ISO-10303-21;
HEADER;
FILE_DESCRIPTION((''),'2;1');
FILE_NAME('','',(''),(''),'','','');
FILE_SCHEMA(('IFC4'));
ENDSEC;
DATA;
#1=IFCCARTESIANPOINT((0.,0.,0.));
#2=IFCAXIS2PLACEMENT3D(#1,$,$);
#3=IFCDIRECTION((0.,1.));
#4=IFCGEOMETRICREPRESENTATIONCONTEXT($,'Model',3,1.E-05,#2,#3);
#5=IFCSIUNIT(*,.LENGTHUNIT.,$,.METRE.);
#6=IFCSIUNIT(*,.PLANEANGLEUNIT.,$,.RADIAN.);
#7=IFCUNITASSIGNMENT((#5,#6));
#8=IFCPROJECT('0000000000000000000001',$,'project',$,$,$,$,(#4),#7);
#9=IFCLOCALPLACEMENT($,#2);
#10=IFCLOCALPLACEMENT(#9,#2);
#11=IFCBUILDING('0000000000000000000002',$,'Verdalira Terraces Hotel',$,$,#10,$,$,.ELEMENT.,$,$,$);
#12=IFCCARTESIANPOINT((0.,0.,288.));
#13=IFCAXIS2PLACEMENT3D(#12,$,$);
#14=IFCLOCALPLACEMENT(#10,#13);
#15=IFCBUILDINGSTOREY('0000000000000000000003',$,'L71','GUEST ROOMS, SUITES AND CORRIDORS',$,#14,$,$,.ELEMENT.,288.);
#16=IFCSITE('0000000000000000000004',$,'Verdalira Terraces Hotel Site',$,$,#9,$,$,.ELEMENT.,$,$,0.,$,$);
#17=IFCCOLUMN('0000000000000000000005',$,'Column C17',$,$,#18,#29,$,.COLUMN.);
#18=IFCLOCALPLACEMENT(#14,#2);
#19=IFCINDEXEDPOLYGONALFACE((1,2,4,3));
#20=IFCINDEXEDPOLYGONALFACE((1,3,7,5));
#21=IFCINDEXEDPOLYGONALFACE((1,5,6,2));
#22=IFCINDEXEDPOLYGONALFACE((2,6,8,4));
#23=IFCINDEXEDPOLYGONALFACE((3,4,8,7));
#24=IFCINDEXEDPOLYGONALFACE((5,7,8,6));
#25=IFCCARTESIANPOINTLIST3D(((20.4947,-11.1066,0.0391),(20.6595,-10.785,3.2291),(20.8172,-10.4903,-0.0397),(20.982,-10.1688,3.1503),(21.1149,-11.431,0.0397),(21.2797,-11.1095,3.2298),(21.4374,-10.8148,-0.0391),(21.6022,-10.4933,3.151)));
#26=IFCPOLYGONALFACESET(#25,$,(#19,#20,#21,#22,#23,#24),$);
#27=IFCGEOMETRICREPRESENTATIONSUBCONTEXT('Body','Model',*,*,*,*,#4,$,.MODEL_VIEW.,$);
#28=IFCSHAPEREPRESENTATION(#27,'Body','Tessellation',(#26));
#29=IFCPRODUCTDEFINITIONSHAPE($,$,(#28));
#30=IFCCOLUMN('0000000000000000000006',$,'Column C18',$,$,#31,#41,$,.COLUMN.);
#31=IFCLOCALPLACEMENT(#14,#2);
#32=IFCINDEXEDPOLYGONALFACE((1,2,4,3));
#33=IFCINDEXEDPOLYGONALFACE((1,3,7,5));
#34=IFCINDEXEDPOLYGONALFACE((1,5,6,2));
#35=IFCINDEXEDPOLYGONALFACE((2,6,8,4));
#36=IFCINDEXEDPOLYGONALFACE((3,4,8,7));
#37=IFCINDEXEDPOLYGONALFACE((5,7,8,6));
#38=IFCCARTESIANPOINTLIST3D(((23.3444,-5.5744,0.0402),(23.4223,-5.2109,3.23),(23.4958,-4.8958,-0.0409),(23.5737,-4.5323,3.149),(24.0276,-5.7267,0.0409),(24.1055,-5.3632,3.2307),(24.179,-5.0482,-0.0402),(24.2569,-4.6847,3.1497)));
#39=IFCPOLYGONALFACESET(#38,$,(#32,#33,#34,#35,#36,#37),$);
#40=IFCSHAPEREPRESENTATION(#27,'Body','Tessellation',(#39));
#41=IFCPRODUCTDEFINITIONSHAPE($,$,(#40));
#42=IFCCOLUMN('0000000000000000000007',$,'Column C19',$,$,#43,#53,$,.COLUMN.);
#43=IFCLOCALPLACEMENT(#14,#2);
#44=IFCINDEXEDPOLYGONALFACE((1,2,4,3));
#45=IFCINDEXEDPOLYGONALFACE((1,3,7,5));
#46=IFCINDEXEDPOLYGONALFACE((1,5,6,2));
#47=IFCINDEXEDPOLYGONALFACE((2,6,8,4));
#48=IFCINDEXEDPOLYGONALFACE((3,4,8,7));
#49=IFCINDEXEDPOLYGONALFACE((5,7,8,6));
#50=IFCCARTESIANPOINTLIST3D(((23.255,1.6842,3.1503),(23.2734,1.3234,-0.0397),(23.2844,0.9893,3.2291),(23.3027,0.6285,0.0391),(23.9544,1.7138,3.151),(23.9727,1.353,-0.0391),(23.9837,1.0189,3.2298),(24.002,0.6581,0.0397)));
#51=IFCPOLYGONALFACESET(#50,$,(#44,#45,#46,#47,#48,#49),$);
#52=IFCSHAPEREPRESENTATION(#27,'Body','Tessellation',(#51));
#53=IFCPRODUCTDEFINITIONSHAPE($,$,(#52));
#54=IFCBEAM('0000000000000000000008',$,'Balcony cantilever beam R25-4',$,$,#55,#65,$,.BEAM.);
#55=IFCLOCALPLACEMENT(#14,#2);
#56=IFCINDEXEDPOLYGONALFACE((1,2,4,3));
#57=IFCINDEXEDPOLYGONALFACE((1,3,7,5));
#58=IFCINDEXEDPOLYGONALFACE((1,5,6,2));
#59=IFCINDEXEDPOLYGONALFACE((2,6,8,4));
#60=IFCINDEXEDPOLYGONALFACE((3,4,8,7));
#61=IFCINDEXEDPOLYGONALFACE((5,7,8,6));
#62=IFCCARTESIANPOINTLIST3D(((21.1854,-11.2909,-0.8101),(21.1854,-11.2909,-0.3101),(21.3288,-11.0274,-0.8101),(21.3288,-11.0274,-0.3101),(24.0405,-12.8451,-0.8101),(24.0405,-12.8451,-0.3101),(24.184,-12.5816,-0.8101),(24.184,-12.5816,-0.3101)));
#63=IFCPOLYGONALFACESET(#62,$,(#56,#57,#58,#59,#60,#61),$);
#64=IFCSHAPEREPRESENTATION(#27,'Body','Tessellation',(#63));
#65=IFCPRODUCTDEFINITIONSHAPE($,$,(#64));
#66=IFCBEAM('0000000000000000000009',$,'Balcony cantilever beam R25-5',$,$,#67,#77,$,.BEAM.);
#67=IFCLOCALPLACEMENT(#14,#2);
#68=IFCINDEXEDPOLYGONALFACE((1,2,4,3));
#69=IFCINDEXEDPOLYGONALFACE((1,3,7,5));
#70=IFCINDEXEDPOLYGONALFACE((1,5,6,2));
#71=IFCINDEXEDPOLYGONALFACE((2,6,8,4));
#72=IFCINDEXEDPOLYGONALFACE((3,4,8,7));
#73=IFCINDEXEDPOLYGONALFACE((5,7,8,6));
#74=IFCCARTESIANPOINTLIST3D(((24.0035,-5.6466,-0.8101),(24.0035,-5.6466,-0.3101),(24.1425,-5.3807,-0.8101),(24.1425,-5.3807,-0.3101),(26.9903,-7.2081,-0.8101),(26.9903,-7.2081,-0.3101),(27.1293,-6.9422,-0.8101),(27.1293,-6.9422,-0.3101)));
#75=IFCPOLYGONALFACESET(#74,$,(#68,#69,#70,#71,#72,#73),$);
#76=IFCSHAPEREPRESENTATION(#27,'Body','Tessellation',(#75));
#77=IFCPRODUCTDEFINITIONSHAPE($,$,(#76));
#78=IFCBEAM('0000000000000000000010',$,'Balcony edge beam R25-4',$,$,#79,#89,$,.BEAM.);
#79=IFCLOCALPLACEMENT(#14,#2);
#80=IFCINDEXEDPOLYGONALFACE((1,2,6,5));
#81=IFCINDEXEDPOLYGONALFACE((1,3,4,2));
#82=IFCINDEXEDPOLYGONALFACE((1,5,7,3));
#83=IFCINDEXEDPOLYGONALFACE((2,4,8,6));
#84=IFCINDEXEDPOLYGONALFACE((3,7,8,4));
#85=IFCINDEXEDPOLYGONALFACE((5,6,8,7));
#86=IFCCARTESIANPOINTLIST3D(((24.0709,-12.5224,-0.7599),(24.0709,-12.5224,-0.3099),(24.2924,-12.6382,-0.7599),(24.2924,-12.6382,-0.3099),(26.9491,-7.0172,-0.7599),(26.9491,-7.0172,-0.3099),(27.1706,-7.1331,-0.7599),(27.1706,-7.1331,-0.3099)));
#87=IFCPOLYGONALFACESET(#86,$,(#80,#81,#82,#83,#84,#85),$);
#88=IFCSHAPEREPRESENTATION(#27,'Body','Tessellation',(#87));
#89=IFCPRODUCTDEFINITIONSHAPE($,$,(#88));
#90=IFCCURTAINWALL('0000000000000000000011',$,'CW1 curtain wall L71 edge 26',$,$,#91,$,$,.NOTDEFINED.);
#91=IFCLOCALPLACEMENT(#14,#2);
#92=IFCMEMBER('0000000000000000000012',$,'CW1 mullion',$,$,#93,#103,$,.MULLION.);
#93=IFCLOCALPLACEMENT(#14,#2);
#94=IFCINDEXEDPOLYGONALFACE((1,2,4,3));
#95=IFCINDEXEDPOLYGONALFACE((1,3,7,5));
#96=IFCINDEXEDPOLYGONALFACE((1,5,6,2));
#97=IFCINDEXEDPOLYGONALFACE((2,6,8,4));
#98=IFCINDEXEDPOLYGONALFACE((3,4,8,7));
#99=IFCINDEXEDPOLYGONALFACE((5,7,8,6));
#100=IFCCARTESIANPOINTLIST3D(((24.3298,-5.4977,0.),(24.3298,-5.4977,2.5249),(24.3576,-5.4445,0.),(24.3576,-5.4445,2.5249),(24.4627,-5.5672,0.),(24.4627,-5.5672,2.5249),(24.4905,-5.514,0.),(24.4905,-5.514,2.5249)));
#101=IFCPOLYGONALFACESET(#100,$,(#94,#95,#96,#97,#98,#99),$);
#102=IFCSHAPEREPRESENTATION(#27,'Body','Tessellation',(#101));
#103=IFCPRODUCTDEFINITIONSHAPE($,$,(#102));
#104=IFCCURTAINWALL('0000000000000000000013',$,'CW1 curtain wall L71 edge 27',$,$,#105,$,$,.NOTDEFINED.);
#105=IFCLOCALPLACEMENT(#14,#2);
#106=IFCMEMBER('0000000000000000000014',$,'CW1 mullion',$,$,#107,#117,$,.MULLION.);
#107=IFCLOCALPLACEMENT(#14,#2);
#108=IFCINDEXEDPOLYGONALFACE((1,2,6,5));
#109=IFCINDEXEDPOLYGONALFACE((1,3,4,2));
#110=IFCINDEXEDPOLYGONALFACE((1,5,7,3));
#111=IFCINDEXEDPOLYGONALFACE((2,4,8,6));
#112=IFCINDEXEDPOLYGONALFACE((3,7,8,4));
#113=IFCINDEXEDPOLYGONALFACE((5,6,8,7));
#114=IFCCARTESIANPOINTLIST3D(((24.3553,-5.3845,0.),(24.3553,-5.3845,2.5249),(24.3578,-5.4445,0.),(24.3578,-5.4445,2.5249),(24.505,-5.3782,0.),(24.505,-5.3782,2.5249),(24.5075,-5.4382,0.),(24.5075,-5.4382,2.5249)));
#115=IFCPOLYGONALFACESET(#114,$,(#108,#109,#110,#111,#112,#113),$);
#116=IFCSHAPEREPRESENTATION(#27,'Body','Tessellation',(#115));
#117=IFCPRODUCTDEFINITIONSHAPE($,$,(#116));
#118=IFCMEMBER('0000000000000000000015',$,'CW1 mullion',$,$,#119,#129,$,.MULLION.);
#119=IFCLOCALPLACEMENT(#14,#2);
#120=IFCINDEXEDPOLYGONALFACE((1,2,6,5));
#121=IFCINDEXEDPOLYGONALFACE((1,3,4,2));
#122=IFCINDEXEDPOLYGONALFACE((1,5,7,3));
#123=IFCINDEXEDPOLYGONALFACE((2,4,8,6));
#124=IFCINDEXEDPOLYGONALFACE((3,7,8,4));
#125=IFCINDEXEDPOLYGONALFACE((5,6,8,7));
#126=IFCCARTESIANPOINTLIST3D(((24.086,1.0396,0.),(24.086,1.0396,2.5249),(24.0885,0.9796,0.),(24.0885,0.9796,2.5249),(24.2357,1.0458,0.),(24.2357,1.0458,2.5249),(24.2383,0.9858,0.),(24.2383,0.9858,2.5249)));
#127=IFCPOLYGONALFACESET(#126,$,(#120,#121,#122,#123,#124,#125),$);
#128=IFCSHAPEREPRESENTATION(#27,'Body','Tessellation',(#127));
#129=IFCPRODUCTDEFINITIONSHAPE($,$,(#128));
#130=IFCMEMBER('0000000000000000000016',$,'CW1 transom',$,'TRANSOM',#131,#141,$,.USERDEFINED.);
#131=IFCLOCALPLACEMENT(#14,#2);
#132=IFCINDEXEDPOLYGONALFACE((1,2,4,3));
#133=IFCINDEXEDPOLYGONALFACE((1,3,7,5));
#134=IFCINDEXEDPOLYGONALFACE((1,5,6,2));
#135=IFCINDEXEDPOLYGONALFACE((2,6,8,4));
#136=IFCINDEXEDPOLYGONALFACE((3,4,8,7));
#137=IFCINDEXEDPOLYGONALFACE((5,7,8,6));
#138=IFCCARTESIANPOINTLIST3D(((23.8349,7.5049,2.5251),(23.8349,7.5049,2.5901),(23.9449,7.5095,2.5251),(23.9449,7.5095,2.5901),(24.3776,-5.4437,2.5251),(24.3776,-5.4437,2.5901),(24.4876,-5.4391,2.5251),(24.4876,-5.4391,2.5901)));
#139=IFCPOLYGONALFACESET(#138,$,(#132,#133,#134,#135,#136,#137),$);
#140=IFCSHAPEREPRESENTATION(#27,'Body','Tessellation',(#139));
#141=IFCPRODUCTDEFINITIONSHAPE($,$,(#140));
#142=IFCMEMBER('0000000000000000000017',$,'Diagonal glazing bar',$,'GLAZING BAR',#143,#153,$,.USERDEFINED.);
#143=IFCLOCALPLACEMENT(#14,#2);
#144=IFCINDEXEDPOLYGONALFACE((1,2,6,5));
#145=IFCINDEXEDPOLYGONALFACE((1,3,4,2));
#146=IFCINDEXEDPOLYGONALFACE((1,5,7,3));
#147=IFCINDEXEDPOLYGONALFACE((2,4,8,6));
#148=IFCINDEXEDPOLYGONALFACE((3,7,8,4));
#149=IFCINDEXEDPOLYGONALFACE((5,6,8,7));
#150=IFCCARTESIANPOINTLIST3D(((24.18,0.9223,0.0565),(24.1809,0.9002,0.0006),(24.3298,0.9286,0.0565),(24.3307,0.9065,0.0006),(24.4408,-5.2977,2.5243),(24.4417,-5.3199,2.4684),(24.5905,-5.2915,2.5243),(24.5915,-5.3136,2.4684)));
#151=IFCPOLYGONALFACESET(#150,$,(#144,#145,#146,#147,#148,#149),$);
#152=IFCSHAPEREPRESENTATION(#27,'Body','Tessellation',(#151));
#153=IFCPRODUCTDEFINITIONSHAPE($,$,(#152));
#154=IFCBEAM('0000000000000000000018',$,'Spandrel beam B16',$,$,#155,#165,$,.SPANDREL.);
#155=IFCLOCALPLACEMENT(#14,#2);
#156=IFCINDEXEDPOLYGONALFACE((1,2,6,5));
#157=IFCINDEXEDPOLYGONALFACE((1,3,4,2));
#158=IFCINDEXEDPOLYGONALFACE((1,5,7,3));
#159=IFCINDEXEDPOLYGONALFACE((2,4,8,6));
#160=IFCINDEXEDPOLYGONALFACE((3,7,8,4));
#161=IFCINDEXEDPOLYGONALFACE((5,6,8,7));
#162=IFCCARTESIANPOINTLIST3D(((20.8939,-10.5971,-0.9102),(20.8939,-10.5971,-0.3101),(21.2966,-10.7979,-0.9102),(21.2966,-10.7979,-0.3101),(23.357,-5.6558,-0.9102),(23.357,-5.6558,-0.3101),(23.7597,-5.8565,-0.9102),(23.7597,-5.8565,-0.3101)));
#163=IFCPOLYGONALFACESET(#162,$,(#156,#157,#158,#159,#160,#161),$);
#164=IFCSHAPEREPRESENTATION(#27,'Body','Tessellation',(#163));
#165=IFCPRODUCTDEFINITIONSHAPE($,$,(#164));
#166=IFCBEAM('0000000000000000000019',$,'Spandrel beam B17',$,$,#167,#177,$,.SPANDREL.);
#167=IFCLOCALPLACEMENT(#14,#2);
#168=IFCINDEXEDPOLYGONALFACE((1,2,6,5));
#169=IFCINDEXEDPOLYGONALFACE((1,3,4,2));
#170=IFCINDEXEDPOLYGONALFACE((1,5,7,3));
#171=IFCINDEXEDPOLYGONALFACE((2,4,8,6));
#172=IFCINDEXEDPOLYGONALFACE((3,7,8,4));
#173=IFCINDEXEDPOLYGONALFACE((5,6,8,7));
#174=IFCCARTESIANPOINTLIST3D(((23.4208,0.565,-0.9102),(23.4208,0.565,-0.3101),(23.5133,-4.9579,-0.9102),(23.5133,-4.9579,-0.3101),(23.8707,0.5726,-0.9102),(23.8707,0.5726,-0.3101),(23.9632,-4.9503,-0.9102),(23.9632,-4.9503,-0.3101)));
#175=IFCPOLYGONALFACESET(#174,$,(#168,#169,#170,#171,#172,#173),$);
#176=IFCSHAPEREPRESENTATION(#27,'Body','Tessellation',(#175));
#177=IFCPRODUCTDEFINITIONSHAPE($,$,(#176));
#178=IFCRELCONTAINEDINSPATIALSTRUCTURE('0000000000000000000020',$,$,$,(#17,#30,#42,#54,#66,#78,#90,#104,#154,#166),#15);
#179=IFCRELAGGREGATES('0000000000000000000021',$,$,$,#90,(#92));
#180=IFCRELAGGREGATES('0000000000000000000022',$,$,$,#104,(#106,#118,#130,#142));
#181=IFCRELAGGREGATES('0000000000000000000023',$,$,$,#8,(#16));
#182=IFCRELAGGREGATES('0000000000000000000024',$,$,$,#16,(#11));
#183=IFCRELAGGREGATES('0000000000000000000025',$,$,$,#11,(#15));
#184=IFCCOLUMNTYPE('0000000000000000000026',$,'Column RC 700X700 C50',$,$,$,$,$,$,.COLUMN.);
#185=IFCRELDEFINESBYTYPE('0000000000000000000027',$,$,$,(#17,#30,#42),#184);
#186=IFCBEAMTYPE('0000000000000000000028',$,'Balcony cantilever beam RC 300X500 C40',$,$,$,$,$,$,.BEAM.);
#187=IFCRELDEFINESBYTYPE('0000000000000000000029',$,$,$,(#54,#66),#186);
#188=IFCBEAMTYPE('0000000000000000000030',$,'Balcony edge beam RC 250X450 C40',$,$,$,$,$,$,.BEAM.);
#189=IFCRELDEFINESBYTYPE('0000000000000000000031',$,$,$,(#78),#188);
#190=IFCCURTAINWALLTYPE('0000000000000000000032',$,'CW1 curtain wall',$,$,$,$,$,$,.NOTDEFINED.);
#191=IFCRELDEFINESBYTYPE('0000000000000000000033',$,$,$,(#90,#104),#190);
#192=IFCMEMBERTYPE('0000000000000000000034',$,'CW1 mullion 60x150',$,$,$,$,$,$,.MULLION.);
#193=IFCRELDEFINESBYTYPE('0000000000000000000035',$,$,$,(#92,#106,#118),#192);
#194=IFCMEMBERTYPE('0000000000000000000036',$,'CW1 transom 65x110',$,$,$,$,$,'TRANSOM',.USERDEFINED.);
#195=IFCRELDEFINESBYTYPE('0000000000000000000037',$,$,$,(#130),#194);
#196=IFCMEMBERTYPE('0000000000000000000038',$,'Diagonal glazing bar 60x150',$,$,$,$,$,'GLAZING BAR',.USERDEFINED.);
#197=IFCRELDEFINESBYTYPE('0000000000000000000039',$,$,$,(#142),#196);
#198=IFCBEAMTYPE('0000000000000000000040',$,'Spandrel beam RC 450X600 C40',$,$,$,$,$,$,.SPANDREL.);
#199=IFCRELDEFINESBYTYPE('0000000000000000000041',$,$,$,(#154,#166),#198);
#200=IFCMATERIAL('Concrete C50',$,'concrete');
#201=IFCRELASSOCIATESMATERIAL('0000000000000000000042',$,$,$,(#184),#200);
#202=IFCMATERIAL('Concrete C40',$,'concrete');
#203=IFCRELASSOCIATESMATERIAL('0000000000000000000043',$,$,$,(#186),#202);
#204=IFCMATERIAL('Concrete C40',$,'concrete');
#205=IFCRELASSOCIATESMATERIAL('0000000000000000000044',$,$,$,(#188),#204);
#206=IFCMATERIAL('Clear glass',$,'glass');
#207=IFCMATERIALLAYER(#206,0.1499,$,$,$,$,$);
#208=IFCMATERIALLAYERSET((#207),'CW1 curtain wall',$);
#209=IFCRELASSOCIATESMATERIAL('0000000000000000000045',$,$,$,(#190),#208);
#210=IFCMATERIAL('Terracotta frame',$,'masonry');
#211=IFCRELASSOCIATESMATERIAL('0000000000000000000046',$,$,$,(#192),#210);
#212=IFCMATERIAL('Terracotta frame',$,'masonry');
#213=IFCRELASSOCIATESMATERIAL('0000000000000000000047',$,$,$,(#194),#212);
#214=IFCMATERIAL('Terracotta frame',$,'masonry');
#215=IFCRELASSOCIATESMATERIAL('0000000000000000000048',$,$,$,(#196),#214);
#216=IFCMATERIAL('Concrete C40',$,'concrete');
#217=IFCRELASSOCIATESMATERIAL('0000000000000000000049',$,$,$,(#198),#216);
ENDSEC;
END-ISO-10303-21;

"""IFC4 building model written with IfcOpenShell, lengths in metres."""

from ifc_helpers import new_model, si_unit, direction, frame, origin, origin_2d, place, context, subcontext, project, spatial, rectangle, extrude, material, layer, layer_set, material_profile, profile_set, type_object, element, aggregate, save


model = new_model("IFC4")

# Units and contexts
model_context = context("Model", 3, precision=1e-05, world=origin(), true_north=direction((0.0, 1.0)))
body_context = subcontext(model_context, "Body", "Model", "MODEL_VIEW")
ifc_project = project(units=[si_unit("LENGTHUNIT", "METRE"), si_unit("PLANEANGLEUNIT", "RADIAN")], contexts=[model_context])

# Site, building, storey
site_placement = place(None, origin())
site = spatial("IfcSite", under=ifc_project, at=site_placement, Name="Verdalira Terraces Hotel Site", CompositionType="ELEMENT", RefElevation=0.0)
building_placement = place(site_placement, origin())
building = spatial("IfcBuilding", under=site, at=building_placement, Name="Verdalira Terraces Hotel", CompositionType="ELEMENT")
storey_placement = place(building_placement, frame((0.0, 0.0, 288.0)))
storey = spatial("IfcBuildingStorey", under=building, at=storey_placement, Name="L71", Description="GUEST ROOMS, SUITES AND CORRIDORS", CompositionType="ELEMENT", Elevation=288.0)

# Columns
ifc_material_1 = material(Name="Concrete C50", Category="concrete")
ifc_material_profile_1 = material_profile(ifc_material_1, rectangle(XDim=0.7, YDim=0.7, at=origin_2d()), Name="RC 700X700")
ifc_profile_set_1 = profile_set([ifc_material_profile_1], Name="Concrete C50")
column_type = type_object("IfcColumnType", Name="Column RC 700X700 C50", PredefinedType="COLUMN", material=ifc_profile_set_1)
column_1_placement = place(storey_placement, frame((20.9661, -10.9607, 0.0), z_axis=(0.051333, 0.100156, 0.993647), x_axis=(0.4607, 0.880392, -0.11254)))
element("IfcColumn", 1, at=column_1_placement, inside=storey, type_object=column_type, Name="Column C17", PredefinedType="COLUMN", context=body_context, shape_type="SweptSolid", body=[
    extrude(rectangle(XDim=0.7, YDim=0.7, at=origin_2d()), origin(), (0.0, 0.0, 1.0), 3.2104),
])
column_2_placement = place(storey_placement, frame((23.7617, -5.3113, 0.0), z_axis=(0.02425, 0.113194, 0.993277), x_axis=(-0.216315, -0.969437, 0.115758)))
element("IfcColumn", 2, at=column_2_placement, inside=storey, type_object=column_type, Name="Column C18", PredefinedType="COLUMN", context=body_context, shape_type="SweptSolid", body=[
    extrude(rectangle(XDim=0.7, YDim=0.7, at=origin_2d()), origin(), (0.0, 0.0, 1.0), 3.2114),
])
column_3_placement = place(storey_placement, frame((23.6377, 0.9907, 0.0), z_axis=(-0.005704, 0.112399, 0.993647), x_axis=(-0.041935, 0.992762, -0.11254)))
element("IfcColumn", 3, at=column_3_placement, inside=storey, type_object=column_type, Name="Column C19", PredefinedType="COLUMN", context=body_context, shape_type="SweptSolid", body=[
    extrude(rectangle(XDim=0.7, YDim=0.7, at=origin_2d()), origin(), (0.0, 0.0, 1.0), 3.2104),
])

# Beams
ifc_material_2 = material(Name="Concrete C40", Category="concrete")
ifc_material_profile_2 = material_profile(ifc_material_2, rectangle(XDim=0.3, YDim=0.5, at=origin_2d()), Name="RC 300X500")
ifc_profile_set_2 = profile_set([ifc_material_profile_2], Name="Concrete C40")
beam_type_1 = type_object("IfcBeamType", Name="Balcony cantilever beam RC 300X500 C40", PredefinedType="BEAM", material=ifc_profile_set_2)
beam_1_placement = place(storey_placement, frame((21.2571, -11.1592, -0.5601), z_axis=(0.878309, -0.478094, 0.0), x_axis=(0.478094, 0.878309, 0.0)))
element("IfcBeam", 4, at=beam_1_placement, inside=storey, type_object=beam_type_1, Name="Balcony cantilever beam R25-4", PredefinedType="BEAM", context=body_context, shape_type="SweptSolid", body=[
    extrude(rectangle(XDim=0.3, YDim=0.5, at=origin_2d()), origin(), (0.0, 0.0, 1.0), 3.2507),
])
beam_2_placement = place(storey_placement, frame((24.073, -5.5137, -0.5601), z_axis=(0.886197, -0.463309, 0.0), x_axis=(0.463309, 0.886197, 0.0)))
element("IfcBeam", 5, at=beam_2_placement, inside=storey, type_object=beam_type_1, Name="Balcony cantilever beam R25-5", PredefinedType="BEAM", context=body_context, shape_type="SweptSolid", body=[
    extrude(rectangle(XDim=0.3, YDim=0.5, at=origin_2d()), origin(), (0.0, 0.0, 1.0), 3.3704),
])
ifc_material_3 = material(Name="Concrete C40", Category="concrete")
ifc_material_profile_3 = material_profile(ifc_material_3, rectangle(XDim=0.25, YDim=0.45, at=origin_2d()), Name="RC 250X450")
ifc_profile_set_3 = profile_set([ifc_material_profile_3], Name="Concrete C40")
beam_type_2 = type_object("IfcBeamType", Name="Balcony edge beam RC 250X450 C40", PredefinedType="BEAM", material=ifc_profile_set_3)
beam_3_placement = place(storey_placement, frame((24.1816, -12.5803, -0.5349), z_axis=(0.463317, 0.886193, 0.0), x_axis=(-0.886193, 0.463317, 0.0)))
element("IfcBeam", 6, at=beam_3_placement, inside=storey, type_object=beam_type_2, Name="Balcony edge beam R25-4", PredefinedType="BEAM", context=body_context, shape_type="SweptSolid", body=[
    extrude(rectangle(XDim=0.25, YDim=0.45, at=origin_2d()), origin(), (0.0, 0.0, 1.0), 6.2122),
])

# Curtain wall, member
ifc_material_4 = material(Name="Clear glass", Category="glass")
ifc_layer_1 = layer(ifc_material_4, 0.1499)
ifc_layer_set_1 = layer_set([ifc_layer_1], Name="CW1 curtain wall")
curtain_wall_type = type_object("IfcCurtainWallType", Name="CW1 curtain wall", PredefinedType="NOTDEFINED", material=ifc_layer_set_1)
curtain_wall_1_placement = place(storey_placement, origin())
curtain_wall_1 = element("IfcCurtainWall", 7, at=curtain_wall_1_placement, inside=storey, type_object=curtain_wall_type, Name="CW1 curtain wall L71 edge 26", PredefinedType="NOTDEFINED")
ifc_material_5 = material(Name="Terracotta frame", Category="masonry")
ifc_material_profile_4 = material_profile(ifc_material_5, rectangle(XDim=0.0601, YDim=0.1499, at=origin_2d()), Name="MU 60x150")
ifc_profile_set_4 = profile_set([ifc_material_profile_4], Name="Terracotta frame")
member_type_1 = type_object("IfcMemberType", Name="CW1 mullion 60x150", PredefinedType="MULLION", material=ifc_profile_set_4)
member_1_placement = place(storey_placement, frame((24.4102, -5.5059, 0.0), z_axis=(0.0, 0.0, 1.0), x_axis=(0.463296, 0.886204, 0.0)))
member_1 = element("IfcMember", 8, at=member_1_placement, type_object=member_type_1, Name="CW1 mullion", PredefinedType="MULLION", context=body_context, shape_type="SweptSolid", body=[
    extrude(rectangle(XDim=0.0601, YDim=0.1499, at=origin_2d()), origin(), (0.0, 0.0, 1.0), 2.5249),
])

# Curtain wall, members
curtain_wall_2_placement = place(storey_placement, origin())
curtain_wall_2 = element("IfcCurtainWall", 9, at=curtain_wall_2_placement, inside=storey, type_object=curtain_wall_type, Name="CW1 curtain wall L71 edge 27", PredefinedType="NOTDEFINED")
member_2_placement = place(storey_placement, frame((24.4314, -5.4114, 0.0), z_axis=(0.0, 0.0, 1.0), x_axis=(-0.041876, 0.999123, 0.0)))
member_2 = element("IfcMember", 10, at=member_2_placement, type_object=member_type_1, Name="CW1 mullion", PredefinedType="MULLION", context=body_context, shape_type="SweptSolid", body=[
    extrude(rectangle(XDim=0.0601, YDim=0.1499, at=origin_2d()), origin(), (0.0, 0.0, 1.0), 2.5249),
])
member_3_placement = place(storey_placement, frame((24.1621, 1.0127, 0.0), z_axis=(0.0, 0.0, 1.0), x_axis=(-0.041876, 0.999123, 0.0)))
member_3 = element("IfcMember", 11, at=member_3_placement, type_object=member_type_1, Name="CW1 mullion", PredefinedType="MULLION", context=body_context, shape_type="SweptSolid", body=[
    extrude(rectangle(XDim=0.0601, YDim=0.1499, at=origin_2d()), origin(), (0.0, 0.0, 1.0), 2.5249),
])
ifc_material_6 = material(Name="Terracotta frame", Category="masonry")
ifc_material_profile_5 = material_profile(ifc_material_6, rectangle(XDim=0.1101, YDim=0.0649, at=origin_2d()), Name="TR 65x110")
ifc_profile_set_5 = profile_set([ifc_material_profile_5], Name="Terracotta frame")
member_type_2 = type_object("IfcMemberType", Name="CW1 transom 65x110", ElementType="TRANSOM", PredefinedType="USERDEFINED", material=ifc_profile_set_5)
member_4_placement = place(storey_placement, frame((24.4326, -5.4414, 2.5576), z_axis=(-0.041877, 0.999123, 0.0), x_axis=(-0.999123, -0.041877, 0.0)))
member_4 = element("IfcMember", 12, at=member_4_placement, type_object=member_type_2, Name="CW1 transom", ObjectType="TRANSOM", PredefinedType="USERDEFINED", context=body_context, shape_type="SweptSolid", body=[
    extrude(rectangle(XDim=0.1101, YDim=0.0649, at=origin_2d()), origin(), (0.0, 0.0, 1.0), 12.96),
])
ifc_material_7 = material(Name="Terracotta frame", Category="masonry")
ifc_material_profile_6 = material_profile(ifc_material_7, rectangle(XDim=0.1499, YDim=0.0601, at=origin_2d()), Name="GB 60x150")
ifc_profile_set_6 = profile_set([ifc_material_profile_6], Name="Terracotta frame")
member_type_3 = type_object("IfcMemberType", Name="Diagonal glazing bar 60x150", ElementType="GLAZING BAR", PredefinedType="USERDEFINED", material=ifc_profile_set_6)
member_5_placement = place(storey_placement, frame((24.5161, -5.3057, 2.4963), z_axis=(-0.038936, 0.92881, -0.368505), x_axis=(-0.999123, -0.041883, 0.0)))
member_5 = element("IfcMember", 13, at=member_5_placement, type_object=member_type_3, Name="Diagonal glazing bar", ObjectType="GLAZING BAR", PredefinedType="USERDEFINED", context=body_context, shape_type="SweptSolid", body=[
    extrude(rectangle(XDim=0.1499, YDim=0.0601, at=origin_2d()), origin(), (0.0, 0.0, 1.0), 6.6968),
])

# Beams
ifc_material_8 = material(Name="Concrete C40", Category="concrete")
ifc_material_profile_7 = material_profile(ifc_material_8, rectangle(XDim=0.45, YDim=0.6001, at=origin_2d()), Name="RC 450X600")
ifc_profile_set_7 = profile_set([ifc_material_profile_7], Name="Concrete C40")
beam_type_3 = type_object("IfcBeamType", Name="Spandrel beam RC 450X600 C40", PredefinedType="SPANDREL", material=ifc_profile_set_7)
beam_4_placement = place(storey_placement, frame((21.0952, -10.6975, -0.6101), z_axis=(0.446117, 0.894975, 0.0), x_axis=(-0.894975, 0.446117, 0.0)))
element("IfcBeam", 14, at=beam_4_placement, inside=storey, type_object=beam_type_3, Name="Spandrel beam B16", PredefinedType="SPANDREL", context=body_context, shape_type="SweptSolid", body=[
    extrude(rectangle(XDim=0.45, YDim=0.6001, at=origin_2d()), origin(), (0.0, 0.0, 1.0), 5.5212),
])
beam_5_placement = place(storey_placement, frame((23.7383, -4.9541, -0.6101), z_axis=(-0.016751, 0.99986, 0.0), x_axis=(-0.99986, -0.016751, 0.0)))
element("IfcBeam", 15, at=beam_5_placement, inside=storey, type_object=beam_type_3, Name="Spandrel beam B17", PredefinedType="SPANDREL", context=body_context, shape_type="SweptSolid", body=[
    extrude(rectangle(XDim=0.45, YDim=0.6001, at=origin_2d()), origin(), (0.0, 0.0, 1.0), 5.5237),
])

aggregate(curtain_wall_1, [member_1])
aggregate(curtain_wall_2, [member_2, member_3, member_4, member_5])

save(model, "model.ifc")
